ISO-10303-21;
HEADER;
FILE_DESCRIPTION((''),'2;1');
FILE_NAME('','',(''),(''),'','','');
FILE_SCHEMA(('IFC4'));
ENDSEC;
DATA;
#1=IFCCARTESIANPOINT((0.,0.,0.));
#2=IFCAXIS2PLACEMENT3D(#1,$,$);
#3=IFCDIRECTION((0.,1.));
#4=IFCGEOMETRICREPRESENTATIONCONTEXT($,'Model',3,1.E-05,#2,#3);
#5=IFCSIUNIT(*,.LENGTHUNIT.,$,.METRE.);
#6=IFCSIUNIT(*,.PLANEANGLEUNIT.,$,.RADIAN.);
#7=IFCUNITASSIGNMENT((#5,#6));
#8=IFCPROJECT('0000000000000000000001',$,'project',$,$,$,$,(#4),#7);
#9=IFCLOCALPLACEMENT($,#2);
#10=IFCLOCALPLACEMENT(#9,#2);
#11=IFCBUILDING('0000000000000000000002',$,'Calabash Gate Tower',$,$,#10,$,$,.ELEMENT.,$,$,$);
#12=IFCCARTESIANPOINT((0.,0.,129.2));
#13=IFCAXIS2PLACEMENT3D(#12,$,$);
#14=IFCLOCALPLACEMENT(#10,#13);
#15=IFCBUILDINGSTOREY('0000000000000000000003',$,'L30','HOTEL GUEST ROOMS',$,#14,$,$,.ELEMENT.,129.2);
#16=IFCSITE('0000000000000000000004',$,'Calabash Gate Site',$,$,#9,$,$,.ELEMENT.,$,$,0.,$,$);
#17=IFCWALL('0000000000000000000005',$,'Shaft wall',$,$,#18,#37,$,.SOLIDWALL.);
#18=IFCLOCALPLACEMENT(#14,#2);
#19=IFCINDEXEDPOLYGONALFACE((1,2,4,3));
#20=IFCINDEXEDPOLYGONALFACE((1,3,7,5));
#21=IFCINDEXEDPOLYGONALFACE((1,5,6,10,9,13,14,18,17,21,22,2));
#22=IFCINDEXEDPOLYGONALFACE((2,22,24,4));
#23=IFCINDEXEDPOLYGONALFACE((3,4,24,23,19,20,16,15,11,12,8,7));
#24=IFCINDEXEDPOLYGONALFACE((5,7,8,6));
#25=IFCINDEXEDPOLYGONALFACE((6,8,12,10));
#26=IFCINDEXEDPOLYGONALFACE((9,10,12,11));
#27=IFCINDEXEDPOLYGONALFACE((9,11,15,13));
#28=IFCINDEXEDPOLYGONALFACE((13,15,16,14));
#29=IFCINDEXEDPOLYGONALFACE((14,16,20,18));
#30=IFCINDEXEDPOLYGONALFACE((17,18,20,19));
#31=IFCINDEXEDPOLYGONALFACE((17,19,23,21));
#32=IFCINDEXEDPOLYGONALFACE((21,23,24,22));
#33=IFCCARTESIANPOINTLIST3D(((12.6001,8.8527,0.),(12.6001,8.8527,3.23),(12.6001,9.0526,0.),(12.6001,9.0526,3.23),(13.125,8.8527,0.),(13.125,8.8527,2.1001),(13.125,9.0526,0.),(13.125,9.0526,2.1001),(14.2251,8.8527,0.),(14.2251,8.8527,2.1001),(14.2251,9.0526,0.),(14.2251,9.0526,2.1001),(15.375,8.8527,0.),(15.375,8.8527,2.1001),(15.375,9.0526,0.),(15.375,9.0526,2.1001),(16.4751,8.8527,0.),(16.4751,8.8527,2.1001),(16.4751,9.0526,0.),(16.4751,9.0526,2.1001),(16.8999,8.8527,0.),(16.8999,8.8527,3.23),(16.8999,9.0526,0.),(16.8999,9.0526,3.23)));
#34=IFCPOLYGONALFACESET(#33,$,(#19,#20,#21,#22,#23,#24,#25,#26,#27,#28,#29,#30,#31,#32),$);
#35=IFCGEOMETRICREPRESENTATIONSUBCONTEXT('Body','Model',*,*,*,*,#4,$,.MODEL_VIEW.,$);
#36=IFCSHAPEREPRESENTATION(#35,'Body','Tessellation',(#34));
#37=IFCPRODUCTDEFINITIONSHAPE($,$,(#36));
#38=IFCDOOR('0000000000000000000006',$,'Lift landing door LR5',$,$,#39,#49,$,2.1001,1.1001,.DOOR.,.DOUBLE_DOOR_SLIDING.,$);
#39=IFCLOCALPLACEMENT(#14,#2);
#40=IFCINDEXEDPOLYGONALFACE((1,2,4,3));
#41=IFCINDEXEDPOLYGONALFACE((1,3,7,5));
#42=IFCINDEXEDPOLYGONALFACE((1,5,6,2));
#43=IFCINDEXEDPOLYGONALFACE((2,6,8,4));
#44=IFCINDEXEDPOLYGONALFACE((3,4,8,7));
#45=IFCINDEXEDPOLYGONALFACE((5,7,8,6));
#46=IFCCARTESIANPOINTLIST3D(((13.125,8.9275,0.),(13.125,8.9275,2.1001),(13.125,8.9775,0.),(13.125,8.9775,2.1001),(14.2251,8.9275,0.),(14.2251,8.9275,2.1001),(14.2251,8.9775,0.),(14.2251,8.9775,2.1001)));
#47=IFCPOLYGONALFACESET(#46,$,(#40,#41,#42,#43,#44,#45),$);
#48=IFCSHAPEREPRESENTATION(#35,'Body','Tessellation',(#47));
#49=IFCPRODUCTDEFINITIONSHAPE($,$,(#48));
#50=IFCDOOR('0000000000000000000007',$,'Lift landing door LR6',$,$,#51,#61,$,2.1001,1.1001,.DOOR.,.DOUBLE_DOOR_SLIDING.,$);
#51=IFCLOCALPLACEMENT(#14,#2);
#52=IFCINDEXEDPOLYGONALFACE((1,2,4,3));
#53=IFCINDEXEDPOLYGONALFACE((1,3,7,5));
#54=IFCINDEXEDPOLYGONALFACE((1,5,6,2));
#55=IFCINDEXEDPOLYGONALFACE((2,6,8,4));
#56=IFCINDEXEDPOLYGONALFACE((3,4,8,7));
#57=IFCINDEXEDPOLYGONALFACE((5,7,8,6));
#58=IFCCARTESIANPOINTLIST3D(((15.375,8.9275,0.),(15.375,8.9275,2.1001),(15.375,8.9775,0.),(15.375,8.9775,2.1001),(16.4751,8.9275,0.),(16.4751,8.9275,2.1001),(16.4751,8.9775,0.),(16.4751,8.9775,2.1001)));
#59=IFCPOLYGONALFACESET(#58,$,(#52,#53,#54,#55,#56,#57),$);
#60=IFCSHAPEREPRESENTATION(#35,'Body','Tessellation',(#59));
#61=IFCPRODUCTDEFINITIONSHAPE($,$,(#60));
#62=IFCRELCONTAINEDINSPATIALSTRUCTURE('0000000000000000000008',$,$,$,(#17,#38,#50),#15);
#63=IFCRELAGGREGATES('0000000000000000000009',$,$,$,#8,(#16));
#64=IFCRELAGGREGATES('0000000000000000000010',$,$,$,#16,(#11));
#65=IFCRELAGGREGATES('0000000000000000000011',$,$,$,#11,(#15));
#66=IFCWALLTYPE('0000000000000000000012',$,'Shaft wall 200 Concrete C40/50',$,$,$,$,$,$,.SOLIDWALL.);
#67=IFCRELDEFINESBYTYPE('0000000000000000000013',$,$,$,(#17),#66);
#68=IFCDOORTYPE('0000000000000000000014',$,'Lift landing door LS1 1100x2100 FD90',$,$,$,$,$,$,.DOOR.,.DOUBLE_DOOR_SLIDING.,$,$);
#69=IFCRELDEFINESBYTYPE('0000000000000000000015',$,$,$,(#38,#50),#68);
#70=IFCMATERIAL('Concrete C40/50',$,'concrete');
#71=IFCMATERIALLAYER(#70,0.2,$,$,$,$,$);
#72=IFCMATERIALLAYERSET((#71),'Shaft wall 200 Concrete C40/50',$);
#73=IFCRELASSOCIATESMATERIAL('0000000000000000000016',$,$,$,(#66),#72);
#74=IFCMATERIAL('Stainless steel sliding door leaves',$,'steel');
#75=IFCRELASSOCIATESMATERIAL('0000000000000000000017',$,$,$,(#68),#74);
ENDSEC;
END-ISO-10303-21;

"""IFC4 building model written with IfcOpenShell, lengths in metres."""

from ifc_helpers import new_model, si_unit, direction, frame, frame_2d, origin, place, context, subcontext, project, spatial, rectangle, extrude, material, layer, layer_set, type_object, element, fill, save


model = new_model("IFC4")

# Units and contexts
model_context = context("Model", 3, precision=1e-05, world=origin(), true_north=direction((0.0, 1.0)))
body_context = subcontext(model_context, "Body", "Model", "MODEL_VIEW")
ifc_project = project(units=[si_unit("LENGTHUNIT", "METRE"), si_unit("PLANEANGLEUNIT", "RADIAN")], contexts=[model_context])

# Site, building, storey
site_placement = place(None, origin())
site = spatial("IfcSite", under=ifc_project, at=site_placement, Name="Calabash Gate Site", CompositionType="ELEMENT", RefElevation=0.0)
building_placement = place(site_placement, origin())
building = spatial("IfcBuilding", under=site, at=building_placement, Name="Calabash Gate Tower", CompositionType="ELEMENT")
storey_placement = place(building_placement, frame((0.0, 0.0, 129.2)))
storey = spatial("IfcBuildingStorey", under=building, at=storey_placement, Name="L30", Description="HOTEL GUEST ROOMS", CompositionType="ELEMENT", Elevation=129.2)

# Shared definitions
ifc_material_1 = material(Name="Concrete C40/50", Category="concrete")
ifc_layer_1 = layer(ifc_material_1, 0.2)
ifc_layer_set_1 = layer_set([ifc_layer_1], Name="Shaft wall 200 Concrete C40/50")
wall_type_1 = type_object("IfcWallType", Name="Shaft wall 200 Concrete C40/50", PredefinedType="SOLIDWALL", material=ifc_layer_set_1)

# Wall, openings, doors
wall_1_placement = place(storey_placement, frame((12.6001, 8.9526, 0.0), z_axis=(0.0, 0.0, 1.0), x_axis=(1.0, 0.0, 0.0)))
wall_1 = element("IfcWall", 1, at=wall_1_placement, inside=storey, type_object=wall_type_1, Name="Shaft wall", PredefinedType="SOLIDWALL", context=body_context, shape_type="SweptSolid", body=[
    extrude(rectangle(XDim=4.2998, YDim=0.2, at=frame_2d((2.1499, 0.0))), origin(), (0.0, 0.0, 1.0), 3.23),
])
opening_1_placement = place(wall_1_placement, frame((0.5249, 0.0, 0.0)))
opening_1 = element("IfcOpeningElement", 2, at=opening_1_placement, cuts=wall_1, PredefinedType="OPENING", context=body_context, shape_type="SweptSolid", body=[
    extrude(rectangle(XDim=1.1001, YDim=2.1001, at=frame_2d((0.55, 1.05))), frame((0.0, 0.1099, 0.0), z_axis=(0.0, -1.0, 0.0), x_axis=(1.0, 0.0, 0.0)), (0.0, 0.0, 1.0), 0.22),
])
opening_2_placement = place(wall_1_placement, frame((2.7749, 0.0, 0.0)))
opening_2 = element("IfcOpeningElement", 3, at=opening_2_placement, cuts=wall_1, PredefinedType="OPENING", context=body_context, shape_type="SweptSolid", body=[
    extrude(rectangle(XDim=1.1001, YDim=2.1001, at=frame_2d((0.55, 1.05))), frame((0.0, 0.1099, 0.0), z_axis=(0.0, -1.0, 0.0), x_axis=(1.0, 0.0, 0.0)), (0.0, 0.0, 1.0), 0.22),
])
ifc_material_2 = material(Name="Stainless steel sliding door leaves", Category="steel")
door_type_1 = type_object("IfcDoorType", Name="Lift landing door LS1 1100x2100 FD90", OperationType="DOUBLE_DOOR_SLIDING", PredefinedType="DOOR", material=ifc_material_2)
door_1_placement = place(opening_1_placement, origin())
door_1 = element("IfcDoor", 4, at=door_1_placement, inside=storey, type_object=door_type_1, Name="Lift landing door LR5", OperationType="DOUBLE_DOOR_SLIDING", OverallHeight=2.1001, OverallWidth=1.1001, PredefinedType="DOOR", context=body_context, shape_type="SweptSolid", body=[
    extrude(rectangle(XDim=1.1001, YDim=2.1001, at=frame_2d((0.55, 1.05))), frame((0.0, 0.0249, 0.0), z_axis=(0.0, -1.0, 0.0), x_axis=(1.0, 0.0, 0.0)), (0.0, 0.0, 1.0), 0.05),
])
fill(opening_1, door_1)
door_2_placement = place(opening_2_placement, origin())
door_2 = element("IfcDoor", 5, at=door_2_placement, inside=storey, type_object=door_type_1, Name="Lift landing door LR6", OperationType="DOUBLE_DOOR_SLIDING", OverallHeight=2.1001, OverallWidth=1.1001, PredefinedType="DOOR", context=body_context, shape_type="SweptSolid", body=[
    extrude(rectangle(XDim=1.1001, YDim=2.1001, at=frame_2d((0.55, 1.05))), frame((0.0, 0.0249, 0.0), z_axis=(0.0, -1.0, 0.0), x_axis=(1.0, 0.0, 0.0)), (0.0, 0.0, 1.0), 0.05),
])
fill(opening_2, door_2)

save(model, "model.ifc")
